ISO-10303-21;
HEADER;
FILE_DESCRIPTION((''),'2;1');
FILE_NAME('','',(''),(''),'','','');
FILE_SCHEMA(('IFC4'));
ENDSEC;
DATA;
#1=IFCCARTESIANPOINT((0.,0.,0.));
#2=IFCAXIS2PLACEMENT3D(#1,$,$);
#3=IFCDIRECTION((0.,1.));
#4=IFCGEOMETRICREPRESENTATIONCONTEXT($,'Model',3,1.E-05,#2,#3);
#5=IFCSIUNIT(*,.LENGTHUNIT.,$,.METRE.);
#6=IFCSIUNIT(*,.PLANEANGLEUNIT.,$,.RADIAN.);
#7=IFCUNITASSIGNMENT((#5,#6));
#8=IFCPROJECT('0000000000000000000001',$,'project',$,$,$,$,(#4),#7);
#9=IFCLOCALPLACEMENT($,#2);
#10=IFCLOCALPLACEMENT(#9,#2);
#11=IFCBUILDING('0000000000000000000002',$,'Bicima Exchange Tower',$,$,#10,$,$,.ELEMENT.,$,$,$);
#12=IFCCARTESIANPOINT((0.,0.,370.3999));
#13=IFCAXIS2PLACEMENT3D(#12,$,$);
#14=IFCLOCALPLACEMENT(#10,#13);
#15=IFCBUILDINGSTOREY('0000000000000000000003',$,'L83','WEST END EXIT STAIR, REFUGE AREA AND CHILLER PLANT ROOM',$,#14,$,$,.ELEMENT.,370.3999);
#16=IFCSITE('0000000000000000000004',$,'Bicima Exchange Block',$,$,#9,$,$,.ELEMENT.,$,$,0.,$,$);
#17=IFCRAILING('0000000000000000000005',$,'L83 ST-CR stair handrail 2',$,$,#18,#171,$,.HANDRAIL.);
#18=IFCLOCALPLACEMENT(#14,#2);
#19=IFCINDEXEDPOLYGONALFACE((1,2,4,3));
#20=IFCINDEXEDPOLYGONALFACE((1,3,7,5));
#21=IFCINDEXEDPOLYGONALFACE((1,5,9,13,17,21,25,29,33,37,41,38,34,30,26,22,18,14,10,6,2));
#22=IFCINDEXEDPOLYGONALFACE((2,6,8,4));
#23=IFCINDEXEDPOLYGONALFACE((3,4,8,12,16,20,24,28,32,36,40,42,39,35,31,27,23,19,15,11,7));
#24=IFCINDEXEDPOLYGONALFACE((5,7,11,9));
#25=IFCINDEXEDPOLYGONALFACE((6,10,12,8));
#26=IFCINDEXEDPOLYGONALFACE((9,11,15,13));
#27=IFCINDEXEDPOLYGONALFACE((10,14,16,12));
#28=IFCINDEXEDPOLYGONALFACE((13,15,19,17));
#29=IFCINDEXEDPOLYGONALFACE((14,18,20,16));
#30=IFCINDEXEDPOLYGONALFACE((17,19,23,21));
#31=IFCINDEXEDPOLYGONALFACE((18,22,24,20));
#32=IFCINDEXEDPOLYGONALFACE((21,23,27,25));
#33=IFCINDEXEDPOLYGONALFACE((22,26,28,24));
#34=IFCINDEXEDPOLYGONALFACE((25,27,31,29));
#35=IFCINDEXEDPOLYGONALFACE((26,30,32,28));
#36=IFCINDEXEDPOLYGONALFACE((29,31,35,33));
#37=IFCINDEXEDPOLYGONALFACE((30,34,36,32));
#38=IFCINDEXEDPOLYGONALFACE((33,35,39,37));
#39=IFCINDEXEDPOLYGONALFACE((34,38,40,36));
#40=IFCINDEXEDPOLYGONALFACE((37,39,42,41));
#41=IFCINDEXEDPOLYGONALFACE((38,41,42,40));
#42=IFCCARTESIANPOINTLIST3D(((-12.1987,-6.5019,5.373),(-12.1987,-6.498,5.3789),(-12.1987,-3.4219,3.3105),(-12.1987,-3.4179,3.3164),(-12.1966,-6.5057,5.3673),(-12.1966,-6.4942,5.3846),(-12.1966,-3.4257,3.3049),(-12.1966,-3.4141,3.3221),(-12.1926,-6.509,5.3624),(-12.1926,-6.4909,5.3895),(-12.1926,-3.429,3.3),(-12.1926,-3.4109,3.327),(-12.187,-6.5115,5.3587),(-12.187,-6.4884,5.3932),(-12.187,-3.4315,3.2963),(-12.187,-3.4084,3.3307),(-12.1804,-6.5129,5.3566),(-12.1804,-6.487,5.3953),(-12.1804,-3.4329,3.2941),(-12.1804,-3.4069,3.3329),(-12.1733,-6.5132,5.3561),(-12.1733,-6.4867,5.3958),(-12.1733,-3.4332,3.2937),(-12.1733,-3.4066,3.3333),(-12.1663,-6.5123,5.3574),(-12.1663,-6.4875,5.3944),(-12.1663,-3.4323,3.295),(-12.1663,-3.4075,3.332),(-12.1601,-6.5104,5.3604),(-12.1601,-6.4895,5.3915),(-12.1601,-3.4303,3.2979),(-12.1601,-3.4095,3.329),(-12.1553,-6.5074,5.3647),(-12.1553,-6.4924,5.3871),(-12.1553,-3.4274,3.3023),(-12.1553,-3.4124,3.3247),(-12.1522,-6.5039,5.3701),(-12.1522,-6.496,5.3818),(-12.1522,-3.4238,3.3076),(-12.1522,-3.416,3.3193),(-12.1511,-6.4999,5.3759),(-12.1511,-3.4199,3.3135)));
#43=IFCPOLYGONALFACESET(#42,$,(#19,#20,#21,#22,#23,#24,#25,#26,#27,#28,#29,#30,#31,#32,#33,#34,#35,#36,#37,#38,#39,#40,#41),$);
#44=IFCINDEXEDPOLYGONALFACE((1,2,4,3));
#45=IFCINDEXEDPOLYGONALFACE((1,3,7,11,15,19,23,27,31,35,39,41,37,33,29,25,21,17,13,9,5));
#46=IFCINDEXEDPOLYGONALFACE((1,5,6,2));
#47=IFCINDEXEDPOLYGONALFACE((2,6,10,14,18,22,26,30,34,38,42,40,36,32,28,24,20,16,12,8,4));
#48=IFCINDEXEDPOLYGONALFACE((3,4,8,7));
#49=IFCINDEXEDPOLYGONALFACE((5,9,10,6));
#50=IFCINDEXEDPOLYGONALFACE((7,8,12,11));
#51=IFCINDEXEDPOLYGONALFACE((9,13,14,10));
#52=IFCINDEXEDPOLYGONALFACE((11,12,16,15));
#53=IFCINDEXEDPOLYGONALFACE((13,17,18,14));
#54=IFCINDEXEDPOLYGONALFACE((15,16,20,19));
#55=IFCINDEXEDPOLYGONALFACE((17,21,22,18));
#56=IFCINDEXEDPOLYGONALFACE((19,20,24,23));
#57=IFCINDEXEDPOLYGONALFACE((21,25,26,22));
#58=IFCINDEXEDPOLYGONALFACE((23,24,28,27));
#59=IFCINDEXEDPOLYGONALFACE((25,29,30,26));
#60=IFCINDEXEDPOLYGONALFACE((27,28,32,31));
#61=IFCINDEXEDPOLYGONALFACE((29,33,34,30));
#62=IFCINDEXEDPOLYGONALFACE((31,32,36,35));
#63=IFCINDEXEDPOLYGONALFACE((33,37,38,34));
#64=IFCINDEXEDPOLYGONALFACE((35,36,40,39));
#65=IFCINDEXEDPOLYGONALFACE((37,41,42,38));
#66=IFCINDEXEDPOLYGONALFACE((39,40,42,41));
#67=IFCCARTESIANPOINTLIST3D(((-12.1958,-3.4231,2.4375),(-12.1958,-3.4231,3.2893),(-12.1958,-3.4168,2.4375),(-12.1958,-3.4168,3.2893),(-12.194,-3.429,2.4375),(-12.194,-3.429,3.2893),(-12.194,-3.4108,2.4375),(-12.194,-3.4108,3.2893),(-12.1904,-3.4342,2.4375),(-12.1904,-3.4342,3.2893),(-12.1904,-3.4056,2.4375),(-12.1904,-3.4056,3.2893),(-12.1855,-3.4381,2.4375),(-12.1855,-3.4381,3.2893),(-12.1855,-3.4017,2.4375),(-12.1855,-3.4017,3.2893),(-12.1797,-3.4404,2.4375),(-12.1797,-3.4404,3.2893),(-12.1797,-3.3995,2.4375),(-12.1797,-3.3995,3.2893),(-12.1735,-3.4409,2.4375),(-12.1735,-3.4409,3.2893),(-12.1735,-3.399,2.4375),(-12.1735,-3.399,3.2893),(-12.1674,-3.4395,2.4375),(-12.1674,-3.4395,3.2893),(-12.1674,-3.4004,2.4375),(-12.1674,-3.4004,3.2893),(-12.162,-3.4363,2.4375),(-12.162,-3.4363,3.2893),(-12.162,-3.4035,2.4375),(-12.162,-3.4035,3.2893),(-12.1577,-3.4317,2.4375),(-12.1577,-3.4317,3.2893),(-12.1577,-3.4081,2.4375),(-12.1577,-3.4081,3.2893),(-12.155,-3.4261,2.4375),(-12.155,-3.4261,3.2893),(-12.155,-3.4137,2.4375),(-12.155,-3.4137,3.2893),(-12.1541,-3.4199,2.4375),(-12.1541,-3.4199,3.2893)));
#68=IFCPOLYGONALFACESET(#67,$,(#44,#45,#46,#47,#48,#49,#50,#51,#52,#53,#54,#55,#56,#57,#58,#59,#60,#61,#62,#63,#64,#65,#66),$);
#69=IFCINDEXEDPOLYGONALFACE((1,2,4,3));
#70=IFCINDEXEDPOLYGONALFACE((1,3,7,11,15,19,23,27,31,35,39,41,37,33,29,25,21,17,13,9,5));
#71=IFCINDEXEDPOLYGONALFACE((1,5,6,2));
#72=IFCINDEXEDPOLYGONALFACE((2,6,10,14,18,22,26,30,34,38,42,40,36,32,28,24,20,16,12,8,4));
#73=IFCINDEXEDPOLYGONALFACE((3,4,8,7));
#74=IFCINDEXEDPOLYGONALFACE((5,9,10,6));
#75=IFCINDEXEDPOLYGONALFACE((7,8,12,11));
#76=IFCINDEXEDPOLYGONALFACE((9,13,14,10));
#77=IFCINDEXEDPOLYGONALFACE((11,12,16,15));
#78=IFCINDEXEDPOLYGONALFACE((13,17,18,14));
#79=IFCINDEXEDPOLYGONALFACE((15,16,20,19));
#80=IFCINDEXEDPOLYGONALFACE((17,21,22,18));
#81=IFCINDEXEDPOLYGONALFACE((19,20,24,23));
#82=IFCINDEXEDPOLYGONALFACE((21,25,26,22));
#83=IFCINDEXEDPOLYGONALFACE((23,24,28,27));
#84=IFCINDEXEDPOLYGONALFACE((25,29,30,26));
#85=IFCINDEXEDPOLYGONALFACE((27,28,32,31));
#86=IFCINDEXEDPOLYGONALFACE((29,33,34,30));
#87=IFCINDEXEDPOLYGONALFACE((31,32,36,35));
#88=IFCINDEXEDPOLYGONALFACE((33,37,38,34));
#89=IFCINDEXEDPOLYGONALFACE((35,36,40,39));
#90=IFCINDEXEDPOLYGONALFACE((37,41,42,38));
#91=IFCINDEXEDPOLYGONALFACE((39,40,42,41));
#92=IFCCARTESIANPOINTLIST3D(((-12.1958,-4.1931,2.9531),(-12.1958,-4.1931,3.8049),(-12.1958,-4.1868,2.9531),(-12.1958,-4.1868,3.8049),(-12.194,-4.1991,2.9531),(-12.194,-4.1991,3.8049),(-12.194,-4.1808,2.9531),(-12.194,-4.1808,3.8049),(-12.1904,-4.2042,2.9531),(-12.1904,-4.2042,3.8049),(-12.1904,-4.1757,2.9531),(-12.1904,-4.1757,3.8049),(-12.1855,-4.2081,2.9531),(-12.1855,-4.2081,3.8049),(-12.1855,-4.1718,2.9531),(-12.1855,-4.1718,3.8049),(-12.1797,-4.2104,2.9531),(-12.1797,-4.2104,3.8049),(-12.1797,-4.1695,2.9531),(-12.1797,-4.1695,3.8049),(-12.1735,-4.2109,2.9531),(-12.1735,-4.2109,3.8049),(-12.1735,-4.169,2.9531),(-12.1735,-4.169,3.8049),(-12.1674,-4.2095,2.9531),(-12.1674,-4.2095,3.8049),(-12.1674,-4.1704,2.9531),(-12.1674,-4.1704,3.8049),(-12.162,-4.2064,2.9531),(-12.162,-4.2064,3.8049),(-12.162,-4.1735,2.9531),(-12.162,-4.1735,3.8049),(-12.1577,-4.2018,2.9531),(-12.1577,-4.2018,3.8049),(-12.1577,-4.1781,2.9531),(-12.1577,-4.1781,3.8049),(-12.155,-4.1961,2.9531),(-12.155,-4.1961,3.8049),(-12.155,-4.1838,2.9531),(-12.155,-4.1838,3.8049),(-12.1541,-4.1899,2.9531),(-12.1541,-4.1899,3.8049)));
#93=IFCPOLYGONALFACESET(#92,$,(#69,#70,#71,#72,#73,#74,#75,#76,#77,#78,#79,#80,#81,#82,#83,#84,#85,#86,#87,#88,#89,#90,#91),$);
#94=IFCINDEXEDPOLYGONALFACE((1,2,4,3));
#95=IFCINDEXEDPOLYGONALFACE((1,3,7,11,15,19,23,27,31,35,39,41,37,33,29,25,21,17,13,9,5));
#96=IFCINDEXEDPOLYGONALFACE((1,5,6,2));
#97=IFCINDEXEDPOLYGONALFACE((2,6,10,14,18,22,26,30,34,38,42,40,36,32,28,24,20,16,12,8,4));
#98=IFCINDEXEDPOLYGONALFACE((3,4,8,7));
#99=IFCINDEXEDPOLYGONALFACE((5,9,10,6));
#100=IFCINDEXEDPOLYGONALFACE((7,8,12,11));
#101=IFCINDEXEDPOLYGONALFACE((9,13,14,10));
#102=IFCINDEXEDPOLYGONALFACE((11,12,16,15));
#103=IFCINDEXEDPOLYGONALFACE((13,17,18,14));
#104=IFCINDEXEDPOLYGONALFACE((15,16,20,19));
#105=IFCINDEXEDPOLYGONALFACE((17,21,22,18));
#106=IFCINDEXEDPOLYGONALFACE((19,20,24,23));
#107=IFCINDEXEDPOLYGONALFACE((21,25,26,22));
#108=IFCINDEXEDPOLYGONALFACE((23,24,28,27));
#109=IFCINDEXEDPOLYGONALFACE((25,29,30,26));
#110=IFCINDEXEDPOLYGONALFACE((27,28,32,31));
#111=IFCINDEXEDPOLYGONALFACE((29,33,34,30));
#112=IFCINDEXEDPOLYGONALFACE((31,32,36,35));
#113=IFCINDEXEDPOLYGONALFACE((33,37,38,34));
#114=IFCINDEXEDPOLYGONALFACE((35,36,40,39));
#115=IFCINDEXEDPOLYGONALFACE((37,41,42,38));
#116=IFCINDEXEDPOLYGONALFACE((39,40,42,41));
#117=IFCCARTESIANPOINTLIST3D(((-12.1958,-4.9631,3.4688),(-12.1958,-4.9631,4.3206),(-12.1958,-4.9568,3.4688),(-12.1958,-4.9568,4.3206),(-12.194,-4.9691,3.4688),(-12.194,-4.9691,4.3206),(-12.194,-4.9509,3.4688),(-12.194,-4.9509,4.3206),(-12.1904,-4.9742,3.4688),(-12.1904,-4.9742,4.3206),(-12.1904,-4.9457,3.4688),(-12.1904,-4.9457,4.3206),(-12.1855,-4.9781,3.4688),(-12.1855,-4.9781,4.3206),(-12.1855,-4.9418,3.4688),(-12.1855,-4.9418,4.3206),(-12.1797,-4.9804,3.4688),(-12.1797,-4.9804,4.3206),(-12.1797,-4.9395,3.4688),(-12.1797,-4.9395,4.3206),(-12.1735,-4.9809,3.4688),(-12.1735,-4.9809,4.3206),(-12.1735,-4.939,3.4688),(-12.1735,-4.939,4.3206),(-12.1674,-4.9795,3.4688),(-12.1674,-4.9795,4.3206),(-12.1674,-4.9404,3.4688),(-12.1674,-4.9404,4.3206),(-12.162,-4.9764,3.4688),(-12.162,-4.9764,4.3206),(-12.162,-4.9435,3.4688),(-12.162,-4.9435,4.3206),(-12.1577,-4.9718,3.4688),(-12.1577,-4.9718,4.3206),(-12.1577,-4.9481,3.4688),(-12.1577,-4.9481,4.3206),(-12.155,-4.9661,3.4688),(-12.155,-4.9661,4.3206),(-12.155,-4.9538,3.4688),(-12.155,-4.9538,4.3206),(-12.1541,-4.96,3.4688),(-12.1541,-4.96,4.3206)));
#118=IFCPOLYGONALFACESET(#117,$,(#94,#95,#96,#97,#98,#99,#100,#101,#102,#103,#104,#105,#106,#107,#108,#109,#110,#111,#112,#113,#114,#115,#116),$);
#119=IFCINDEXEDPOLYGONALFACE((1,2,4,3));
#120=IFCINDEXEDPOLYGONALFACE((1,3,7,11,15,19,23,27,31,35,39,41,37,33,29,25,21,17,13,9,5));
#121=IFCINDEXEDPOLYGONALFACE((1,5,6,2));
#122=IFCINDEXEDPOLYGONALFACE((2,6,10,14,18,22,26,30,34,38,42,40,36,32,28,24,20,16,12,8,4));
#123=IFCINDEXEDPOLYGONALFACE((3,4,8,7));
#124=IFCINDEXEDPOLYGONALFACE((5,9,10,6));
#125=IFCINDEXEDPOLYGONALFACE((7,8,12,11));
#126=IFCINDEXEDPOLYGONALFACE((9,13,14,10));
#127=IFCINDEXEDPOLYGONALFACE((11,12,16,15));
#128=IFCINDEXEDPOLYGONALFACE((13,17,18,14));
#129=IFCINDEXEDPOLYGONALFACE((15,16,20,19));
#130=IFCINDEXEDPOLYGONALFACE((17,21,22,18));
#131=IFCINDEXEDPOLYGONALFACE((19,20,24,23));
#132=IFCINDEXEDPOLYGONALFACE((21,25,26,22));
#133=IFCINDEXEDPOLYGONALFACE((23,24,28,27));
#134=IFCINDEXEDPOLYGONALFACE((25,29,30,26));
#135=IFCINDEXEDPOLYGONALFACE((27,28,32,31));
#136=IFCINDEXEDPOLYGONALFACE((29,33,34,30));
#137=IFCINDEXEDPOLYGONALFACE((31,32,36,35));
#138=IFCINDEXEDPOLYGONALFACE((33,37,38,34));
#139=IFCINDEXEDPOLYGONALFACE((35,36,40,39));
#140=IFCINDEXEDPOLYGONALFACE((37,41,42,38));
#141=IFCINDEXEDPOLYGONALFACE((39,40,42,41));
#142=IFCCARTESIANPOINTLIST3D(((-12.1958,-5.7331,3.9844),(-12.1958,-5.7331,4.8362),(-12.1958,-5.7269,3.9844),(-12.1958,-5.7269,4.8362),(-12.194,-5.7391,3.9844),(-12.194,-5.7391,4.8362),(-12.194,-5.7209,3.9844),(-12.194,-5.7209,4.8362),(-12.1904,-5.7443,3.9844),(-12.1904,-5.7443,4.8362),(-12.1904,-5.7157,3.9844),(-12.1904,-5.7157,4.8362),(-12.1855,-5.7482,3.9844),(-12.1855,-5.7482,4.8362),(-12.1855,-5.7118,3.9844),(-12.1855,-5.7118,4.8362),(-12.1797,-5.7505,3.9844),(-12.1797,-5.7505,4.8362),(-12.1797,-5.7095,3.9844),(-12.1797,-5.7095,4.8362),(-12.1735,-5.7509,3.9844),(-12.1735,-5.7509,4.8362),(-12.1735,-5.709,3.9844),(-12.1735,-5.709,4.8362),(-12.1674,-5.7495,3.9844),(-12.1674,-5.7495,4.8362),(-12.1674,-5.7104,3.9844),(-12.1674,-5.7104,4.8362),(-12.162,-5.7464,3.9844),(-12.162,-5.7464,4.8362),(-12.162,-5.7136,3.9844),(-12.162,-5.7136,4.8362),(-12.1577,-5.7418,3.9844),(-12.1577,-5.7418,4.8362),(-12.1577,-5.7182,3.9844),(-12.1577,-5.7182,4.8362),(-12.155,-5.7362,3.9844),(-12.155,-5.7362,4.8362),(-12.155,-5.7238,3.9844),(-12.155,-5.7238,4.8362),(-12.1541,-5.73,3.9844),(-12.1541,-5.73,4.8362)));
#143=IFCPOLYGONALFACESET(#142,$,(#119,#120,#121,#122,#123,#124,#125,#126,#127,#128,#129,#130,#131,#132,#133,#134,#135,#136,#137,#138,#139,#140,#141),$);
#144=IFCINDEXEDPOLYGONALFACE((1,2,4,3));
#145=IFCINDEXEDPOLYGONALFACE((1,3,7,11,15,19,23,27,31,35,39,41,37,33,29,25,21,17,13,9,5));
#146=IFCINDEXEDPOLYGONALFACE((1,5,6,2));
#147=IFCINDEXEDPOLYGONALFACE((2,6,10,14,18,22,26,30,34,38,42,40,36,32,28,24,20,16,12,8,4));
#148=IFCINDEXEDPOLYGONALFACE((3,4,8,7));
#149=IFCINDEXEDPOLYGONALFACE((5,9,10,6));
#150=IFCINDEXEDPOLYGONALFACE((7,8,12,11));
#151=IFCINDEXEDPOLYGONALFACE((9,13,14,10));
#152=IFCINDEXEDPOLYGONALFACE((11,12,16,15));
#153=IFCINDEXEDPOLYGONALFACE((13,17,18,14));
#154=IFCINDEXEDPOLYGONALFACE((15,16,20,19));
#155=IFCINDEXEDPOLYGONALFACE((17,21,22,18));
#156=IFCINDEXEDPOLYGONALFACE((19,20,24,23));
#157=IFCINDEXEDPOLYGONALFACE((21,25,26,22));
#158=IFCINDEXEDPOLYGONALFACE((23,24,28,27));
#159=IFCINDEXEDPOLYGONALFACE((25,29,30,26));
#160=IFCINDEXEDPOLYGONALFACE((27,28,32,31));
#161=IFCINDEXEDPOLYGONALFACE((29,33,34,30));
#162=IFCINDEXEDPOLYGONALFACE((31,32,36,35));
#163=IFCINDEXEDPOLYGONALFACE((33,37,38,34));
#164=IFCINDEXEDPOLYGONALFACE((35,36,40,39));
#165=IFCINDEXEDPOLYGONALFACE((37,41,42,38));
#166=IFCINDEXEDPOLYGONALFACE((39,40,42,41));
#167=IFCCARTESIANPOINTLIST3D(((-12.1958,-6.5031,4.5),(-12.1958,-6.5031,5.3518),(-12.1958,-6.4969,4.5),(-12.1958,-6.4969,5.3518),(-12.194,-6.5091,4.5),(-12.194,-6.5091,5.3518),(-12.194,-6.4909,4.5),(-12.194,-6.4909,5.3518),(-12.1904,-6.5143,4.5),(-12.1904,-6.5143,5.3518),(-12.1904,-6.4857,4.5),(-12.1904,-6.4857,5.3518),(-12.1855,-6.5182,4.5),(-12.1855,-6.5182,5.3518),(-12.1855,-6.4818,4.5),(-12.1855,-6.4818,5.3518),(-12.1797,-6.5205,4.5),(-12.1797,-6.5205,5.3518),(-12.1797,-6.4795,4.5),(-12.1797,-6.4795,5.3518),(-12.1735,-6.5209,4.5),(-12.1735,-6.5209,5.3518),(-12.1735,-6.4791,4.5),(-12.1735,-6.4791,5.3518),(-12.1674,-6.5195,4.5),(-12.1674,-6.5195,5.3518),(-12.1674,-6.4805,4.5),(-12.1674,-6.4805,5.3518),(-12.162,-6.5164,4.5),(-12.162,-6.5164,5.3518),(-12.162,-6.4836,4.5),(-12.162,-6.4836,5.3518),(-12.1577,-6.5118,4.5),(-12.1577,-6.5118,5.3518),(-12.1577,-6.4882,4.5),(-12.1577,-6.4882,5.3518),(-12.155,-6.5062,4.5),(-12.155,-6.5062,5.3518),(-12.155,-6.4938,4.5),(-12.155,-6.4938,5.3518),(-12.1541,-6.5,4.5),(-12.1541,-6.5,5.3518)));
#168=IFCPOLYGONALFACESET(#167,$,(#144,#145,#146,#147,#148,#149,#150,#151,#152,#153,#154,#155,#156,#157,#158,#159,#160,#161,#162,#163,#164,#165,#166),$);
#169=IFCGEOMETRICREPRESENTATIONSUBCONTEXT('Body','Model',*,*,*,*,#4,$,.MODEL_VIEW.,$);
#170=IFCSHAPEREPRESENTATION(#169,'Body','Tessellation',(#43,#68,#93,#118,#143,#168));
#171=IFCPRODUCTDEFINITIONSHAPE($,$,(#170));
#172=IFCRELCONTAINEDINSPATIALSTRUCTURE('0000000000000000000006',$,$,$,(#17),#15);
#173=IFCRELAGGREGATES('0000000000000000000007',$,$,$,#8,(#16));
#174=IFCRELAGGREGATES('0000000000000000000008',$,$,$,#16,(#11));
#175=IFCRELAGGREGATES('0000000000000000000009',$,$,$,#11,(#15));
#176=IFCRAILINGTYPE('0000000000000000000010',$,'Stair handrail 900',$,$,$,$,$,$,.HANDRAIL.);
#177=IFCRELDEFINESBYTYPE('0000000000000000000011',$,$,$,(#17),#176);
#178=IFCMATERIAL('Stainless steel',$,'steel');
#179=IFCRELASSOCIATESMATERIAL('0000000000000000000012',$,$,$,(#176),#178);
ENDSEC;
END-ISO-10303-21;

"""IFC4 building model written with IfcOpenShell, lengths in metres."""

from ifc_helpers import new_model, si_unit, direction, frame, origin, origin_2d, place, context, subcontext, project, spatial, circle, extrude, material, type_object, element, save


model = new_model("IFC4")

# Units and contexts
model_context = context("Model", 3, precision=1e-05, world=origin(), true_north=direction((0.0, 1.0)))
body_context = subcontext(model_context, "Body", "Model", "MODEL_VIEW")
ifc_project = project(units=[si_unit("LENGTHUNIT", "METRE"), si_unit("PLANEANGLEUNIT", "RADIAN")], contexts=[model_context])

# Site, building, storey
site_placement = place(None, origin())
site = spatial("IfcSite", under=ifc_project, at=site_placement, Name="Bicima Exchange Block", CompositionType="ELEMENT", RefElevation=0.0)
building_placement = place(site_placement, origin())
building = spatial("IfcBuilding", under=site, at=building_placement, Name="Bicima Exchange Tower", CompositionType="ELEMENT")
storey_placement = place(building_placement, frame((0.0, 0.0, 370.3999)))
storey = spatial("IfcBuildingStorey", under=building, at=storey_placement, Name="L83", Description="WEST END EXIT STAIR, REFUGE AREA AND CHILLER PLANT ROOM", CompositionType="ELEMENT", Elevation=370.3999)

# Shared definitions
ifc_material_1 = material(Name="Stainless steel", Category="steel")

# Railing
railing_type = type_object("IfcRailingType", Name="Stair handrail 900", PredefinedType="HANDRAIL", material=ifc_material_1)
railing_1_placement = place(storey_placement, frame((-12.175, -3.4199, 2.4375)))
element("IfcRailing", 1, at=railing_1_placement, inside=storey, type_object=railing_type, Name="L83 ST-CR stair handrail 2", PredefinedType="HANDRAIL", context=body_context, shape_type="SweptSolid", body=[
    extrude(circle(Radius=0.0239, at=origin_2d()), frame((0.0, 0.0, 0.876), z_axis=(0.0, -0.830914, 0.556401), x_axis=(1.0, 0.0, 0.0)), (0.0, 0.0, 1.0), 3.7068),
    extrude(circle(Radius=0.021, at=origin_2d()), origin(), (0.0, 0.0, 1.0), 0.8518),
    extrude(circle(Radius=0.021, at=origin_2d()), frame((0.0, -0.77, 0.5156)), (0.0, 0.0, 1.0), 0.8518),
    extrude(circle(Radius=0.021, at=origin_2d()), frame((0.0, -1.54, 1.0312)), (0.0, 0.0, 1.0), 0.8518),
    extrude(circle(Radius=0.021, at=origin_2d()), frame((0.0, -2.3101, 1.5469)), (0.0, 0.0, 1.0), 0.8518),
    extrude(circle(Radius=0.021, at=origin_2d()), frame((0.0, -3.0801, 2.0625)), (0.0, 0.0, 1.0), 0.8518),
])

save(model, "model.ifc")
